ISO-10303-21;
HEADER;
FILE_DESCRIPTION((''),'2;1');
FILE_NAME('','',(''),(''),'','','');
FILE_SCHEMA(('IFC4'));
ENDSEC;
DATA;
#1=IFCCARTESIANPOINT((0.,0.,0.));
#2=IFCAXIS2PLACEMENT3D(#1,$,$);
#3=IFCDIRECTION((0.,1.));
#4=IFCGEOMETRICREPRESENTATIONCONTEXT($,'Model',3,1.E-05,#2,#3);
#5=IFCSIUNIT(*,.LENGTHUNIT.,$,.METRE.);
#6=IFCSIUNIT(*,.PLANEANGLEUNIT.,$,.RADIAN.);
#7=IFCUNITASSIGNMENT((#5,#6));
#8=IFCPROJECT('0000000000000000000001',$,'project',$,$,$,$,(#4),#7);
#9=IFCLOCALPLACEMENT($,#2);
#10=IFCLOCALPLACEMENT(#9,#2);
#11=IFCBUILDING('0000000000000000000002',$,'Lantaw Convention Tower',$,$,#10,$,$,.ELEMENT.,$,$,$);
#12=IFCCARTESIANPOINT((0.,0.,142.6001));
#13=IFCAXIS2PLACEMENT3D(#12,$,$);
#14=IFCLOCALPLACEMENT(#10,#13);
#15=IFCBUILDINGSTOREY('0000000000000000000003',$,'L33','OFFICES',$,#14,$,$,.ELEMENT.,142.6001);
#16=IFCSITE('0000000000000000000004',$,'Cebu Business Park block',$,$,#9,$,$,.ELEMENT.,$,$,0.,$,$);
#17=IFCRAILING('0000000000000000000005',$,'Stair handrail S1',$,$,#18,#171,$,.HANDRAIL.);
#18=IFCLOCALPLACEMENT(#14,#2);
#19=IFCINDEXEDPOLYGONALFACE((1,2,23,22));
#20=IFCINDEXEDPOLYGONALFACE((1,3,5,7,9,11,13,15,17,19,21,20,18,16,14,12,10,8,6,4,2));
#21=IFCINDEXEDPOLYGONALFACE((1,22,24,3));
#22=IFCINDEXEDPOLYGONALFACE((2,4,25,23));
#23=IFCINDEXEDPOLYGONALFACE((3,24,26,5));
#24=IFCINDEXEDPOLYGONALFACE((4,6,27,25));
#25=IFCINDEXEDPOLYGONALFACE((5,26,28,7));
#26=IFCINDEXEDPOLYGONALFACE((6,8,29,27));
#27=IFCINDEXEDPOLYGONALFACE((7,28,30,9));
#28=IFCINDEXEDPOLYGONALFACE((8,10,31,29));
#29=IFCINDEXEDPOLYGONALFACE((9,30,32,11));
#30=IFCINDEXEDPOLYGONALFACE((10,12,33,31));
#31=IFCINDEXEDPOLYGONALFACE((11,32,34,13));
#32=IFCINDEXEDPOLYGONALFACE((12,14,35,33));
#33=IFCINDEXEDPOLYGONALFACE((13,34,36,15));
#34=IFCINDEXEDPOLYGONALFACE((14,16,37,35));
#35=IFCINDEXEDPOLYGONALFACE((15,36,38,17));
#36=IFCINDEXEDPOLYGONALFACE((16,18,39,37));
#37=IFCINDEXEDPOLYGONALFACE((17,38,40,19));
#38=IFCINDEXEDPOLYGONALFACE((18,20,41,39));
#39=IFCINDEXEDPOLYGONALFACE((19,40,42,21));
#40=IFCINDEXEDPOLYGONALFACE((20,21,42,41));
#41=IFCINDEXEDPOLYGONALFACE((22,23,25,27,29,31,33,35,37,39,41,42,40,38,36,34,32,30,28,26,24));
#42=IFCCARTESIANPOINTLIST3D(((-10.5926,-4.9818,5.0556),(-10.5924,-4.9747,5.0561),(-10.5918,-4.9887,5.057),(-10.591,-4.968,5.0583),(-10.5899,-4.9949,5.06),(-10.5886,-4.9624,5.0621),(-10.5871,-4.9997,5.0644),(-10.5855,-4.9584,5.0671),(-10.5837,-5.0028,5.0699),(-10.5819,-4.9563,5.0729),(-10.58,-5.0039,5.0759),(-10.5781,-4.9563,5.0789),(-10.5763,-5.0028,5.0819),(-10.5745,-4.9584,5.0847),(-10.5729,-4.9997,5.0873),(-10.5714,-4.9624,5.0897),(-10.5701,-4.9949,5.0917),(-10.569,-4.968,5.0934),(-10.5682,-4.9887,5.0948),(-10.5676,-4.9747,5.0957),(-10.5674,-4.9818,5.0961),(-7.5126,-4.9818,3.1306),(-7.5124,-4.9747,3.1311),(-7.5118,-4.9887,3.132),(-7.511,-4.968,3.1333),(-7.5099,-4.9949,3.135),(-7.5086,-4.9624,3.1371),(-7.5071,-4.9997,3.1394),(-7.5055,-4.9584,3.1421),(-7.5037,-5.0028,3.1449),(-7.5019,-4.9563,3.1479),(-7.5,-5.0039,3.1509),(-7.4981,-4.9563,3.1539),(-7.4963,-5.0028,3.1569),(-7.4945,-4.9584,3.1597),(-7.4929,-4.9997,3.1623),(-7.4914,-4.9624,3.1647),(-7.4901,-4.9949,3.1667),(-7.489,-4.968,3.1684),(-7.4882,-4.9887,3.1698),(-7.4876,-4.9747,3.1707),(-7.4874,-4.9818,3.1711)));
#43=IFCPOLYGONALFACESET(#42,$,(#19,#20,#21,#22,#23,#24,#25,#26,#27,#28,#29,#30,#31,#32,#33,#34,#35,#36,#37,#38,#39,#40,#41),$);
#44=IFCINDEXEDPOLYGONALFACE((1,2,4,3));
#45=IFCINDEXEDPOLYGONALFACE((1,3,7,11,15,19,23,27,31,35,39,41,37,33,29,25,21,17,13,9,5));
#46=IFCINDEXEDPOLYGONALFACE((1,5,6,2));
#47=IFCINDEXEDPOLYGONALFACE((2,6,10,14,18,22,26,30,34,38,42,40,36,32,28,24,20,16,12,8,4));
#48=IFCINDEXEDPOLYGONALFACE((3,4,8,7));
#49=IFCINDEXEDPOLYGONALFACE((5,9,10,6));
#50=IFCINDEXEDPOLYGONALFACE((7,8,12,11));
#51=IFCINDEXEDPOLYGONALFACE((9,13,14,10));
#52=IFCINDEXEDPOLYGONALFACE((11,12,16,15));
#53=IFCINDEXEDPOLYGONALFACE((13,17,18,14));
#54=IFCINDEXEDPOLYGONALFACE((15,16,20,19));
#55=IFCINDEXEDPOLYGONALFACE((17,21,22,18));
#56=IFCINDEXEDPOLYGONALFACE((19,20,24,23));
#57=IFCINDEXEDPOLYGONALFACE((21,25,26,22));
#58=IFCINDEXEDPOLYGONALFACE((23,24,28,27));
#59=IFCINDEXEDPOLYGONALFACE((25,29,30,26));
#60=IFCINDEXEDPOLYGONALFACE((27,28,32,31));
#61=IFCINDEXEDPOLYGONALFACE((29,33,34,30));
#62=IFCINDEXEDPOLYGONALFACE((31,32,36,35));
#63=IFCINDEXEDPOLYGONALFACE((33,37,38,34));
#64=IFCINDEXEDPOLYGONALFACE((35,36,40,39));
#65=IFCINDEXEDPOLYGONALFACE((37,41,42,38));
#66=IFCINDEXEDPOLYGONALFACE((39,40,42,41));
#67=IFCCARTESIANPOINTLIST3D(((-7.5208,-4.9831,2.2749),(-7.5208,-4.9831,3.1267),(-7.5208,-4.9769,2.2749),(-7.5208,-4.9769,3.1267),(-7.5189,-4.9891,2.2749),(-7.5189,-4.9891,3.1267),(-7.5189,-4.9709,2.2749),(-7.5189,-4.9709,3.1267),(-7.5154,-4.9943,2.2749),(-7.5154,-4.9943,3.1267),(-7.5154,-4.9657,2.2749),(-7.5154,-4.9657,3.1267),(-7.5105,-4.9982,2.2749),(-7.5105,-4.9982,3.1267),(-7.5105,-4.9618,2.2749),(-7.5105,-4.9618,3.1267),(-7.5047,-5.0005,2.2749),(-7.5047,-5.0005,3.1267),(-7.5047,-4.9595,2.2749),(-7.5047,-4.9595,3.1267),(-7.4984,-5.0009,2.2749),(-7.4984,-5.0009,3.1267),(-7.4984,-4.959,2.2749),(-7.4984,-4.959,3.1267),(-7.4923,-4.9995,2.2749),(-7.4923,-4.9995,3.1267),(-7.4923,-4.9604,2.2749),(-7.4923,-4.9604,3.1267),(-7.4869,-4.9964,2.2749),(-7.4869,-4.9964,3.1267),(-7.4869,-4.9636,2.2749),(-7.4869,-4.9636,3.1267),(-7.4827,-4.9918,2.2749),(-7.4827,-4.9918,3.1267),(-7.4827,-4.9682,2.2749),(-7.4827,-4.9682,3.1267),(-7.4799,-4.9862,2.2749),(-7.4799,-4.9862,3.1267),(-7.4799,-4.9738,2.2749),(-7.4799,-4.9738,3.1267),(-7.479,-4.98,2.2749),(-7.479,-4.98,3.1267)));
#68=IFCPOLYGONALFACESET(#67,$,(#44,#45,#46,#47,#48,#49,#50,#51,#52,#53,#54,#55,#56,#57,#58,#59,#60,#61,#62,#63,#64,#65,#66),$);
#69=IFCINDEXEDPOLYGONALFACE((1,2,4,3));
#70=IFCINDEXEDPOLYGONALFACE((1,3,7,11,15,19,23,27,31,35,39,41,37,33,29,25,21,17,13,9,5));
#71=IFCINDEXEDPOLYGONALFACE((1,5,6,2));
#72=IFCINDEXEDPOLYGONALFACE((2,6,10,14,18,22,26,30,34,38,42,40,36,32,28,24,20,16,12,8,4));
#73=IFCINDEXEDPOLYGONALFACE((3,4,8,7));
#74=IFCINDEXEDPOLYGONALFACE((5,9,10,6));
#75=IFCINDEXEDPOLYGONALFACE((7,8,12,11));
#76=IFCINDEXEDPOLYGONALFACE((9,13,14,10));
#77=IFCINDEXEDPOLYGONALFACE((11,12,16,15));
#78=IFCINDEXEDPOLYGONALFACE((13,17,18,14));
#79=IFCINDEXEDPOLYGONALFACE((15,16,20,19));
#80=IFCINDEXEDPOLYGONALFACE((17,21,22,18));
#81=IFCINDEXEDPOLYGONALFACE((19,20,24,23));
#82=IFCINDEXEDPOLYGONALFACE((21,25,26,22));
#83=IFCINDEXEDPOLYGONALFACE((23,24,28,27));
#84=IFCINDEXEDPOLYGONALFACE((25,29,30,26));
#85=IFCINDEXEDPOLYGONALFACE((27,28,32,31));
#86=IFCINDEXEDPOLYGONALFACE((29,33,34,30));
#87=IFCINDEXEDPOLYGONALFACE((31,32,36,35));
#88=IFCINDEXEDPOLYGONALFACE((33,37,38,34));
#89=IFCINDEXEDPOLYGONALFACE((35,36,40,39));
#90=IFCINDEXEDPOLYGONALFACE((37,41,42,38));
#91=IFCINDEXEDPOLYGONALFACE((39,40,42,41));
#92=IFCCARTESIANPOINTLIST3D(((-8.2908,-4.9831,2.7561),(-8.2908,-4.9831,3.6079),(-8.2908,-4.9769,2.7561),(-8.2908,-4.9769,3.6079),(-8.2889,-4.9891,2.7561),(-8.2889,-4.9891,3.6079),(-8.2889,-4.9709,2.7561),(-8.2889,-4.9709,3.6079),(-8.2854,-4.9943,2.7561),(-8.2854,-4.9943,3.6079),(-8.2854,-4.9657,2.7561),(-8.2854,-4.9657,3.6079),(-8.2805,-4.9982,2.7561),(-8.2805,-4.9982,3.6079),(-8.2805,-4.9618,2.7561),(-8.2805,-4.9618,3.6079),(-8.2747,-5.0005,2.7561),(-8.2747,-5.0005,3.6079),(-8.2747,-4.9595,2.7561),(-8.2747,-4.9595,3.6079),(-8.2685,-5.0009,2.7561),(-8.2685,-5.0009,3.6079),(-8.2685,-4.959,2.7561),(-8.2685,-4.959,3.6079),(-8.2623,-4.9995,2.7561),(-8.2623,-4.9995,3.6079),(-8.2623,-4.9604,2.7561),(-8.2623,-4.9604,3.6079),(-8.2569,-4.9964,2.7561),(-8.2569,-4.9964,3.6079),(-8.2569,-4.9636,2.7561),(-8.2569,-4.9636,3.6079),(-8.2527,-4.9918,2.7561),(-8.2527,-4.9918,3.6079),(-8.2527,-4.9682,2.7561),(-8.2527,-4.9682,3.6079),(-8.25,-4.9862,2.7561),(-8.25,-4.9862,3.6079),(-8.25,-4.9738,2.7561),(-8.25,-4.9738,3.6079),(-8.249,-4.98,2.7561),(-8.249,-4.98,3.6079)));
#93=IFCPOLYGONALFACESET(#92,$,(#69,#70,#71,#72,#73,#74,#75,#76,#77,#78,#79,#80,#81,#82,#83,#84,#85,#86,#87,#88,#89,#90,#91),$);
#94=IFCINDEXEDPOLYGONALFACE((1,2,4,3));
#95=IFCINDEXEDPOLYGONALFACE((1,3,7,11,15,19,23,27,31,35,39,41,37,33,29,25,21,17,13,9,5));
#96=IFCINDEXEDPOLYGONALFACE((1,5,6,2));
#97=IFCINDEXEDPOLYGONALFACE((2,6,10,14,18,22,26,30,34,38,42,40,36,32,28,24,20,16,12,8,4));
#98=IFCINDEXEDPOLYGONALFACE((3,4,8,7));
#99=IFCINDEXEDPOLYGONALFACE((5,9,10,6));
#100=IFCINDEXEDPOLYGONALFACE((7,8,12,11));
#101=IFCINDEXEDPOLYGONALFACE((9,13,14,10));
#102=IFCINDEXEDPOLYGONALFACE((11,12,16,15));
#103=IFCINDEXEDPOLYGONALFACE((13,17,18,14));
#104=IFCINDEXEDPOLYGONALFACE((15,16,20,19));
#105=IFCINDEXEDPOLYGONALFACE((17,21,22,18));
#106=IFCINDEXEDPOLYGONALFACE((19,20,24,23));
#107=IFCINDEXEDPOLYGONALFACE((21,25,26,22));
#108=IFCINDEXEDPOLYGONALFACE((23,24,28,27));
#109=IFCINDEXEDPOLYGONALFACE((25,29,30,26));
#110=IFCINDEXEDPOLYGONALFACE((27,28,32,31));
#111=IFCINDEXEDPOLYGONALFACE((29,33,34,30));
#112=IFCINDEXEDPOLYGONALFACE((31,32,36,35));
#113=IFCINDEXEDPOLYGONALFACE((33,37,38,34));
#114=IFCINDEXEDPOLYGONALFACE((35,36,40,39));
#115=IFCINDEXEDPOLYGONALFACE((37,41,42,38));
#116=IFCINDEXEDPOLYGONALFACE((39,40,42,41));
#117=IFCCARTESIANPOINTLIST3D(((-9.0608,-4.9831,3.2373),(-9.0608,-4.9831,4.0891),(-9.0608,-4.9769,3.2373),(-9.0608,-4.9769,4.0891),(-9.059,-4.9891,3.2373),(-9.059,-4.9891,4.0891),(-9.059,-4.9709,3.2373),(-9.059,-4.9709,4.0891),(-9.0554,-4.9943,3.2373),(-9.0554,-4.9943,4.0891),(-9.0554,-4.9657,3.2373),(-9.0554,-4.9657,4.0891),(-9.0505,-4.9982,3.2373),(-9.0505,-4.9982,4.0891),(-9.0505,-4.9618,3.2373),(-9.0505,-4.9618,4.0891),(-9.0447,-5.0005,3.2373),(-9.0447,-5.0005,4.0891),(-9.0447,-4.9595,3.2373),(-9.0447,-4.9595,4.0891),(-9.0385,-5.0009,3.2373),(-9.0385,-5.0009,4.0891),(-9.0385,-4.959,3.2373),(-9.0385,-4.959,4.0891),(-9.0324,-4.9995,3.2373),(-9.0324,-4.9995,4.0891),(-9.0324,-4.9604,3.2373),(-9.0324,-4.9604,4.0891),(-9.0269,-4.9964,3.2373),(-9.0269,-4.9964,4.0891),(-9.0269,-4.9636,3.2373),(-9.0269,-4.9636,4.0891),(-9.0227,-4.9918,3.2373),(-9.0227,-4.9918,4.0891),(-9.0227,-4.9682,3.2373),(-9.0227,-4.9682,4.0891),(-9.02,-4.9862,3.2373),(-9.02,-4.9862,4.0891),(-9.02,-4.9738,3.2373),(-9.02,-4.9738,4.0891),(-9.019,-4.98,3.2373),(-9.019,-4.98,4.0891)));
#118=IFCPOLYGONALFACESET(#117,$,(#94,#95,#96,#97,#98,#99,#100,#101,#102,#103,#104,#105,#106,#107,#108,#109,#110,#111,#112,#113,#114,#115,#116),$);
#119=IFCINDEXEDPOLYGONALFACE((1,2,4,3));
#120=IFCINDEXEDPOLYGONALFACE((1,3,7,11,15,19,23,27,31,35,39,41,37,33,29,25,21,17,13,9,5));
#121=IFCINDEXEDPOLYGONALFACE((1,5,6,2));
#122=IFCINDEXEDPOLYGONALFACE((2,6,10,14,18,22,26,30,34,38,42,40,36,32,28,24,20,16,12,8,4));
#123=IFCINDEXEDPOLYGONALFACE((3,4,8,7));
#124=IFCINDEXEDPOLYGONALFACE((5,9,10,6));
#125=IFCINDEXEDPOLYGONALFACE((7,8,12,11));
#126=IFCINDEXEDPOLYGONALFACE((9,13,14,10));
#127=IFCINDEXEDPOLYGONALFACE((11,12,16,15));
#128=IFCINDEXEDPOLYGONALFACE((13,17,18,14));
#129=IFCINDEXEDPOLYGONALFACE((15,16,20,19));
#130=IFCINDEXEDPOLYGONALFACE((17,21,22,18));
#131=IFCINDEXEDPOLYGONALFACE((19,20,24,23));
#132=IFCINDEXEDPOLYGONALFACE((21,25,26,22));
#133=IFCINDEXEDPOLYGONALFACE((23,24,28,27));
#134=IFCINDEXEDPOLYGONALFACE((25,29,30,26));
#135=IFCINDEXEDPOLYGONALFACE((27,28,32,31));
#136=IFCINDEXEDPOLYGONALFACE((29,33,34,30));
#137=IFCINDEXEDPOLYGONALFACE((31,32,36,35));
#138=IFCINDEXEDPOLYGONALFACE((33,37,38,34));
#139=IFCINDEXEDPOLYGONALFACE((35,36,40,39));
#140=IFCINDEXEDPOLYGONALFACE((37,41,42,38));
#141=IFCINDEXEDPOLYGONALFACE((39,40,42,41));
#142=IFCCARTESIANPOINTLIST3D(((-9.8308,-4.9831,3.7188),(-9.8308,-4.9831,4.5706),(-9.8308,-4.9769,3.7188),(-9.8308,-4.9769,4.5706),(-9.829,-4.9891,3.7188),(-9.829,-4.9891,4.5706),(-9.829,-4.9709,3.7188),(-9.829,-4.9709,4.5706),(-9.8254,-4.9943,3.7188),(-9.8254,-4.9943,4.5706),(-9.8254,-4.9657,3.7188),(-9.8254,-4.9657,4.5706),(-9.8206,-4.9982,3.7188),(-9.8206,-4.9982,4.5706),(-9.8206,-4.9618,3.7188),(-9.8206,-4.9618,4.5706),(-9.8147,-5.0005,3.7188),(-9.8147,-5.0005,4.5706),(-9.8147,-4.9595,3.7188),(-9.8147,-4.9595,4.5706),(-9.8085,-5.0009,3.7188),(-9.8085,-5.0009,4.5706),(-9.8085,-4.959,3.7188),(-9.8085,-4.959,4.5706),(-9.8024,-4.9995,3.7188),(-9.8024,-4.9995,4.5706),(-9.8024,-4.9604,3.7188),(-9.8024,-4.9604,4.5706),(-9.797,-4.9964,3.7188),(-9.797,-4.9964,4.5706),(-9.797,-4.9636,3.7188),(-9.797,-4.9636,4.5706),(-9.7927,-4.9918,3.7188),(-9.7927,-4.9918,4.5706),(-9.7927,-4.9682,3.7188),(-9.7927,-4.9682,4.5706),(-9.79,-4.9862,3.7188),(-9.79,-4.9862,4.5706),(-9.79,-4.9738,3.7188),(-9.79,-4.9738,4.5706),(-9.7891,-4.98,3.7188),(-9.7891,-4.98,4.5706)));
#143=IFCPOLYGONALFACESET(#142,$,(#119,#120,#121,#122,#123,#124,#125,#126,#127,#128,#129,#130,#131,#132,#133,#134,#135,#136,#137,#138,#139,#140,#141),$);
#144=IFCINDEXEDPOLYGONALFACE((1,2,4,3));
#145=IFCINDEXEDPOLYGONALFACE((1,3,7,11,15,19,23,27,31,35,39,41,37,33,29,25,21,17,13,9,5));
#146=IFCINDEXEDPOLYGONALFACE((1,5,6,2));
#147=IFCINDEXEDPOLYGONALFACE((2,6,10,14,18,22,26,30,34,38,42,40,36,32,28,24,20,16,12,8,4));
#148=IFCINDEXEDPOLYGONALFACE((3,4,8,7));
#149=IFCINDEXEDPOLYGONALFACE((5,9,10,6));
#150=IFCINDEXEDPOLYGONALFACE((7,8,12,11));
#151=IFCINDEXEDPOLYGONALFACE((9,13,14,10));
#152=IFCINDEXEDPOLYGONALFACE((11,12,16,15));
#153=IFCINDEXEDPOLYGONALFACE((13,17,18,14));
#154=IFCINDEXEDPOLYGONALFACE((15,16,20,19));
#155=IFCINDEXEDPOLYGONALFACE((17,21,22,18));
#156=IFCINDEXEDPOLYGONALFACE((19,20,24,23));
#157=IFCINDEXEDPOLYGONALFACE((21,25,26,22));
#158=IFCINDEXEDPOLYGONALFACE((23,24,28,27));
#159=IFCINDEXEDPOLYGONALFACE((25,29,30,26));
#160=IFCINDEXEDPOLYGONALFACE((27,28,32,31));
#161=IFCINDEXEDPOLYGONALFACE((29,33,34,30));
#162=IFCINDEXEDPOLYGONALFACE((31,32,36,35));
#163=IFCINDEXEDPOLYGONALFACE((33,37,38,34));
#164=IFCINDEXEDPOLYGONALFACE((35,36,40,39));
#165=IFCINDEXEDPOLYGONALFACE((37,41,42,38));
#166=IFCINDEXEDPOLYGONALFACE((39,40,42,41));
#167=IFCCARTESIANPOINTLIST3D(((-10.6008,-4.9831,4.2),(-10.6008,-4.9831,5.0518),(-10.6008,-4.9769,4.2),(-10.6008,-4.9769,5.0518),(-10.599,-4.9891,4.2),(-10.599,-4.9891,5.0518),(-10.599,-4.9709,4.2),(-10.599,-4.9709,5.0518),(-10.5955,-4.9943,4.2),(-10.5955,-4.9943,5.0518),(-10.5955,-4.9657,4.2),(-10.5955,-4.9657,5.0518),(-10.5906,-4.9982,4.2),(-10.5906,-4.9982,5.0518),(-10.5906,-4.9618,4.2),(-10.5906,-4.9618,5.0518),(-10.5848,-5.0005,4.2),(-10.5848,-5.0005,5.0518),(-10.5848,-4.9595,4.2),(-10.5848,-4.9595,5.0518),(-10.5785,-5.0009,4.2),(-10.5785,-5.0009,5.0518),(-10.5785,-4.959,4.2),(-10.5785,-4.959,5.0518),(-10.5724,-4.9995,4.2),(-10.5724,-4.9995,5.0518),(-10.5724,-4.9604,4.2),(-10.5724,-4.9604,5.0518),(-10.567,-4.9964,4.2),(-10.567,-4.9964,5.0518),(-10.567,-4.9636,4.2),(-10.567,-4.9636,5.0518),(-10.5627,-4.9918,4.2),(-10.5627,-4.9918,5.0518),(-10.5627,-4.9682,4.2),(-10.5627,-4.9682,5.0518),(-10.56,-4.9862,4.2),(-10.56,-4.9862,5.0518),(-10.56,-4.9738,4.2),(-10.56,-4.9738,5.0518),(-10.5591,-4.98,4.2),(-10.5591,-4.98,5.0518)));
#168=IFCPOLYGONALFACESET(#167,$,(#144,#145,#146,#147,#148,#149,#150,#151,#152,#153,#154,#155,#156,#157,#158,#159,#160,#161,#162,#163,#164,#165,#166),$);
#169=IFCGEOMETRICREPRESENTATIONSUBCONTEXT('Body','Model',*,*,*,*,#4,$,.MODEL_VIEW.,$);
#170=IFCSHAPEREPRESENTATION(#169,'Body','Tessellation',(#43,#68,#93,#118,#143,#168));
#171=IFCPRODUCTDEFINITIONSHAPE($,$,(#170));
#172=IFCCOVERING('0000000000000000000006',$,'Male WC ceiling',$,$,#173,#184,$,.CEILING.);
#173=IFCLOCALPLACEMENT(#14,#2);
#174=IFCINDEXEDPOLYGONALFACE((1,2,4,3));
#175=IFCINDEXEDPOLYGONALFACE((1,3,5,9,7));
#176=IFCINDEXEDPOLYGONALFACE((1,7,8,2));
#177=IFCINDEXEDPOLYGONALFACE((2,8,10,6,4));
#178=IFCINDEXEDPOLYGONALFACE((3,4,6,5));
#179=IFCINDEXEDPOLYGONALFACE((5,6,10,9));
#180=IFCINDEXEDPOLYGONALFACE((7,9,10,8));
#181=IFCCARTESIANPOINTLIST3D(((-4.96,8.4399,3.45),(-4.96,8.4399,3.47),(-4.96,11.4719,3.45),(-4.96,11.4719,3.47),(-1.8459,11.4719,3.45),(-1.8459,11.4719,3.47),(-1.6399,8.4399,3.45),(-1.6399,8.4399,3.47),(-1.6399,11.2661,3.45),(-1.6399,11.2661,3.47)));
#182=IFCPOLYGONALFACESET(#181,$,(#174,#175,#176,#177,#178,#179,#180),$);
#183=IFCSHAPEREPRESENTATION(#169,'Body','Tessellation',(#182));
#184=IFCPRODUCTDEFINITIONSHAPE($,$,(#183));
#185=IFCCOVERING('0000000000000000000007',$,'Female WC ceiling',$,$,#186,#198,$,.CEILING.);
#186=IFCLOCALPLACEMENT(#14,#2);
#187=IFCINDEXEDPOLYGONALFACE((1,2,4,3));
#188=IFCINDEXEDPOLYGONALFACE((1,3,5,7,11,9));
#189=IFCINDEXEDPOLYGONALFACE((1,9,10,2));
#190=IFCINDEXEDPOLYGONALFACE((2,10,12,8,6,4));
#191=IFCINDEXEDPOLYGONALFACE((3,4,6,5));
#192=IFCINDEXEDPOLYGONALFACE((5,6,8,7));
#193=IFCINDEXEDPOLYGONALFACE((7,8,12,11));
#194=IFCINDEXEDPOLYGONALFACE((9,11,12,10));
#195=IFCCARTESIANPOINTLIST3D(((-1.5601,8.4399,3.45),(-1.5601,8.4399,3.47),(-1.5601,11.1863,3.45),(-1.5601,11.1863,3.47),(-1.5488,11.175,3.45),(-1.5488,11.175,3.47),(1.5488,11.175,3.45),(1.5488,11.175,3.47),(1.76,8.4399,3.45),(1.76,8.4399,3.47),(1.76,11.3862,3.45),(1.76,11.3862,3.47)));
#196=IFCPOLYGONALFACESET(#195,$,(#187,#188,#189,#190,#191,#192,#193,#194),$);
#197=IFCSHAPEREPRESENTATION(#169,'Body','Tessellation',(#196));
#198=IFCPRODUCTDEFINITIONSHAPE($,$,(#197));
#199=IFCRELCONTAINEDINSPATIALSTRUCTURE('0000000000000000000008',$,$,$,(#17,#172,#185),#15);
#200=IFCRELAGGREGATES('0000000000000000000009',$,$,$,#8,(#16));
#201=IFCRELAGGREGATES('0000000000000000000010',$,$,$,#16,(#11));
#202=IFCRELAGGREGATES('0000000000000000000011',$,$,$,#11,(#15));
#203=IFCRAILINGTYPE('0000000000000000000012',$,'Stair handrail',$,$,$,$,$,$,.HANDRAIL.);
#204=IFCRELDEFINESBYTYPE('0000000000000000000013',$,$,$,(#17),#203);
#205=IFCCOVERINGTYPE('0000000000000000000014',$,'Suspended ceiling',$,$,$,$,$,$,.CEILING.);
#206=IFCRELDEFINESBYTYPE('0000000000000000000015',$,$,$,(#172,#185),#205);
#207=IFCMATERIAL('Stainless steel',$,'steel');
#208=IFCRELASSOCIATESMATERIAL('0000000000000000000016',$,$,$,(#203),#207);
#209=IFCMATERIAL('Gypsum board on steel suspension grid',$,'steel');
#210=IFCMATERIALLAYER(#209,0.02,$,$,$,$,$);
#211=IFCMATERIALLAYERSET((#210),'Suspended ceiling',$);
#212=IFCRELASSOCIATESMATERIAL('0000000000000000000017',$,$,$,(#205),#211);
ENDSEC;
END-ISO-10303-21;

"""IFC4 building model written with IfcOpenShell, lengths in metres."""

from ifc_helpers import new_model, si_unit, direction, frame, origin, origin_2d, place, context, subcontext, project, spatial, polyline, circle, outline, extrude, material, layer, layer_set, type_object, element, save


model = new_model("IFC4")

# Units and contexts
model_context = context("Model", 3, precision=1e-05, world=origin(), true_north=direction((0.0, 1.0)))
body_context = subcontext(model_context, "Body", "Model", "MODEL_VIEW")
ifc_project = project(units=[si_unit("LENGTHUNIT", "METRE"), si_unit("PLANEANGLEUNIT", "RADIAN")], contexts=[model_context])

# Site, building, storey
site_placement = place(None, origin())
site = spatial("IfcSite", under=ifc_project, at=site_placement, Name="Cebu Business Park block", CompositionType="ELEMENT", RefElevation=0.0)
building_placement = place(site_placement, origin())
building = spatial("IfcBuilding", under=site, at=building_placement, Name="Lantaw Convention Tower", CompositionType="ELEMENT")
storey_placement = place(building_placement, frame((0.0, 0.0, 142.6001)))
storey = spatial("IfcBuildingStorey", under=building, at=storey_placement, Name="L33", Description="OFFICES", CompositionType="ELEMENT", Elevation=142.6001)

# Railing
ifc_material_1 = material(Name="Stainless steel", Category="steel")
railing_type = type_object("IfcRailingType", Name="Stair handrail", PredefinedType="HANDRAIL", material=ifc_material_1)
railing_1_placement = place(storey_placement, frame((-7.5, -4.98, 2.2749)))
element("IfcRailing", 1, at=railing_1_placement, inside=storey, type_object=railing_type, Name="Stair handrail S1", PredefinedType="HANDRAIL", context=body_context, shape_type="SweptSolid", body=[
    extrude(circle(Radius=0.0239, at=origin_2d()), frame((0.0, 0.0, 0.876), z_axis=(-0.847998, 0.0, 0.529999), x_axis=(0.0, -1.0, 0.0)), (0.0, 0.0, 1.0), 3.6321),
    extrude(circle(Radius=0.021, at=origin_2d()), origin(), (0.0, 0.0, 1.0), 0.8518),
    extrude(circle(Radius=0.021, at=origin_2d()), frame((-0.77, 0.0, 0.4812)), (0.0, 0.0, 1.0), 0.8518),
    extrude(circle(Radius=0.021, at=origin_2d()), frame((-1.54, 0.0, 0.9624)), (0.0, 0.0, 1.0), 0.8518),
    extrude(circle(Radius=0.021, at=origin_2d()), frame((-2.3101, 0.0, 1.4438)), (0.0, 0.0, 1.0), 0.8518),
    extrude(circle(Radius=0.021, at=origin_2d()), frame((-3.0801, 0.0, 1.925)), (0.0, 0.0, 1.0), 0.8518),
])

# Coverings
ifc_material_2 = material(Name="Gypsum board on steel suspension grid", Category="steel")
ifc_layer_1 = layer(ifc_material_2, 0.02)
ifc_layer_set_1 = layer_set([ifc_layer_1], Name="Suspended ceiling")
covering_type = type_object("IfcCoveringType", Name="Suspended ceiling", PredefinedType="CEILING", material=ifc_layer_set_1)
covering_1_placement = place(storey_placement, frame((0.0, 0.0, 3.45)))
element("IfcCovering", 2, at=covering_1_placement, inside=storey, type_object=covering_type, Name="Male WC ceiling", PredefinedType="CEILING", context=body_context, shape_type="SweptSolid", body=[
    extrude(outline(polyline([(-4.96, 11.4719), (-4.96, 8.4399), (-1.6399, 8.4399), (-1.6399, 11.2661), (-1.8459, 11.4719), (-4.96, 11.4719)])), origin(), (0.0, 0.0, 1.0), 0.02),
])
covering_2_placement = place(storey_placement, frame((0.0, 0.0, 3.45)))
element("IfcCovering", 3, at=covering_2_placement, inside=storey, type_object=covering_type, Name="Female WC ceiling", PredefinedType="CEILING", context=body_context, shape_type="SweptSolid", body=[
    extrude(outline(polyline([(-1.5601, 11.1863), (-1.5601, 8.4399), (1.76, 8.4399), (1.76, 11.3862), (1.5488, 11.175), (-1.5488, 11.175), (-1.5601, 11.1863)])), origin(), (0.0, 0.0, 1.0), 0.02),
])

save(model, "model.ifc")
